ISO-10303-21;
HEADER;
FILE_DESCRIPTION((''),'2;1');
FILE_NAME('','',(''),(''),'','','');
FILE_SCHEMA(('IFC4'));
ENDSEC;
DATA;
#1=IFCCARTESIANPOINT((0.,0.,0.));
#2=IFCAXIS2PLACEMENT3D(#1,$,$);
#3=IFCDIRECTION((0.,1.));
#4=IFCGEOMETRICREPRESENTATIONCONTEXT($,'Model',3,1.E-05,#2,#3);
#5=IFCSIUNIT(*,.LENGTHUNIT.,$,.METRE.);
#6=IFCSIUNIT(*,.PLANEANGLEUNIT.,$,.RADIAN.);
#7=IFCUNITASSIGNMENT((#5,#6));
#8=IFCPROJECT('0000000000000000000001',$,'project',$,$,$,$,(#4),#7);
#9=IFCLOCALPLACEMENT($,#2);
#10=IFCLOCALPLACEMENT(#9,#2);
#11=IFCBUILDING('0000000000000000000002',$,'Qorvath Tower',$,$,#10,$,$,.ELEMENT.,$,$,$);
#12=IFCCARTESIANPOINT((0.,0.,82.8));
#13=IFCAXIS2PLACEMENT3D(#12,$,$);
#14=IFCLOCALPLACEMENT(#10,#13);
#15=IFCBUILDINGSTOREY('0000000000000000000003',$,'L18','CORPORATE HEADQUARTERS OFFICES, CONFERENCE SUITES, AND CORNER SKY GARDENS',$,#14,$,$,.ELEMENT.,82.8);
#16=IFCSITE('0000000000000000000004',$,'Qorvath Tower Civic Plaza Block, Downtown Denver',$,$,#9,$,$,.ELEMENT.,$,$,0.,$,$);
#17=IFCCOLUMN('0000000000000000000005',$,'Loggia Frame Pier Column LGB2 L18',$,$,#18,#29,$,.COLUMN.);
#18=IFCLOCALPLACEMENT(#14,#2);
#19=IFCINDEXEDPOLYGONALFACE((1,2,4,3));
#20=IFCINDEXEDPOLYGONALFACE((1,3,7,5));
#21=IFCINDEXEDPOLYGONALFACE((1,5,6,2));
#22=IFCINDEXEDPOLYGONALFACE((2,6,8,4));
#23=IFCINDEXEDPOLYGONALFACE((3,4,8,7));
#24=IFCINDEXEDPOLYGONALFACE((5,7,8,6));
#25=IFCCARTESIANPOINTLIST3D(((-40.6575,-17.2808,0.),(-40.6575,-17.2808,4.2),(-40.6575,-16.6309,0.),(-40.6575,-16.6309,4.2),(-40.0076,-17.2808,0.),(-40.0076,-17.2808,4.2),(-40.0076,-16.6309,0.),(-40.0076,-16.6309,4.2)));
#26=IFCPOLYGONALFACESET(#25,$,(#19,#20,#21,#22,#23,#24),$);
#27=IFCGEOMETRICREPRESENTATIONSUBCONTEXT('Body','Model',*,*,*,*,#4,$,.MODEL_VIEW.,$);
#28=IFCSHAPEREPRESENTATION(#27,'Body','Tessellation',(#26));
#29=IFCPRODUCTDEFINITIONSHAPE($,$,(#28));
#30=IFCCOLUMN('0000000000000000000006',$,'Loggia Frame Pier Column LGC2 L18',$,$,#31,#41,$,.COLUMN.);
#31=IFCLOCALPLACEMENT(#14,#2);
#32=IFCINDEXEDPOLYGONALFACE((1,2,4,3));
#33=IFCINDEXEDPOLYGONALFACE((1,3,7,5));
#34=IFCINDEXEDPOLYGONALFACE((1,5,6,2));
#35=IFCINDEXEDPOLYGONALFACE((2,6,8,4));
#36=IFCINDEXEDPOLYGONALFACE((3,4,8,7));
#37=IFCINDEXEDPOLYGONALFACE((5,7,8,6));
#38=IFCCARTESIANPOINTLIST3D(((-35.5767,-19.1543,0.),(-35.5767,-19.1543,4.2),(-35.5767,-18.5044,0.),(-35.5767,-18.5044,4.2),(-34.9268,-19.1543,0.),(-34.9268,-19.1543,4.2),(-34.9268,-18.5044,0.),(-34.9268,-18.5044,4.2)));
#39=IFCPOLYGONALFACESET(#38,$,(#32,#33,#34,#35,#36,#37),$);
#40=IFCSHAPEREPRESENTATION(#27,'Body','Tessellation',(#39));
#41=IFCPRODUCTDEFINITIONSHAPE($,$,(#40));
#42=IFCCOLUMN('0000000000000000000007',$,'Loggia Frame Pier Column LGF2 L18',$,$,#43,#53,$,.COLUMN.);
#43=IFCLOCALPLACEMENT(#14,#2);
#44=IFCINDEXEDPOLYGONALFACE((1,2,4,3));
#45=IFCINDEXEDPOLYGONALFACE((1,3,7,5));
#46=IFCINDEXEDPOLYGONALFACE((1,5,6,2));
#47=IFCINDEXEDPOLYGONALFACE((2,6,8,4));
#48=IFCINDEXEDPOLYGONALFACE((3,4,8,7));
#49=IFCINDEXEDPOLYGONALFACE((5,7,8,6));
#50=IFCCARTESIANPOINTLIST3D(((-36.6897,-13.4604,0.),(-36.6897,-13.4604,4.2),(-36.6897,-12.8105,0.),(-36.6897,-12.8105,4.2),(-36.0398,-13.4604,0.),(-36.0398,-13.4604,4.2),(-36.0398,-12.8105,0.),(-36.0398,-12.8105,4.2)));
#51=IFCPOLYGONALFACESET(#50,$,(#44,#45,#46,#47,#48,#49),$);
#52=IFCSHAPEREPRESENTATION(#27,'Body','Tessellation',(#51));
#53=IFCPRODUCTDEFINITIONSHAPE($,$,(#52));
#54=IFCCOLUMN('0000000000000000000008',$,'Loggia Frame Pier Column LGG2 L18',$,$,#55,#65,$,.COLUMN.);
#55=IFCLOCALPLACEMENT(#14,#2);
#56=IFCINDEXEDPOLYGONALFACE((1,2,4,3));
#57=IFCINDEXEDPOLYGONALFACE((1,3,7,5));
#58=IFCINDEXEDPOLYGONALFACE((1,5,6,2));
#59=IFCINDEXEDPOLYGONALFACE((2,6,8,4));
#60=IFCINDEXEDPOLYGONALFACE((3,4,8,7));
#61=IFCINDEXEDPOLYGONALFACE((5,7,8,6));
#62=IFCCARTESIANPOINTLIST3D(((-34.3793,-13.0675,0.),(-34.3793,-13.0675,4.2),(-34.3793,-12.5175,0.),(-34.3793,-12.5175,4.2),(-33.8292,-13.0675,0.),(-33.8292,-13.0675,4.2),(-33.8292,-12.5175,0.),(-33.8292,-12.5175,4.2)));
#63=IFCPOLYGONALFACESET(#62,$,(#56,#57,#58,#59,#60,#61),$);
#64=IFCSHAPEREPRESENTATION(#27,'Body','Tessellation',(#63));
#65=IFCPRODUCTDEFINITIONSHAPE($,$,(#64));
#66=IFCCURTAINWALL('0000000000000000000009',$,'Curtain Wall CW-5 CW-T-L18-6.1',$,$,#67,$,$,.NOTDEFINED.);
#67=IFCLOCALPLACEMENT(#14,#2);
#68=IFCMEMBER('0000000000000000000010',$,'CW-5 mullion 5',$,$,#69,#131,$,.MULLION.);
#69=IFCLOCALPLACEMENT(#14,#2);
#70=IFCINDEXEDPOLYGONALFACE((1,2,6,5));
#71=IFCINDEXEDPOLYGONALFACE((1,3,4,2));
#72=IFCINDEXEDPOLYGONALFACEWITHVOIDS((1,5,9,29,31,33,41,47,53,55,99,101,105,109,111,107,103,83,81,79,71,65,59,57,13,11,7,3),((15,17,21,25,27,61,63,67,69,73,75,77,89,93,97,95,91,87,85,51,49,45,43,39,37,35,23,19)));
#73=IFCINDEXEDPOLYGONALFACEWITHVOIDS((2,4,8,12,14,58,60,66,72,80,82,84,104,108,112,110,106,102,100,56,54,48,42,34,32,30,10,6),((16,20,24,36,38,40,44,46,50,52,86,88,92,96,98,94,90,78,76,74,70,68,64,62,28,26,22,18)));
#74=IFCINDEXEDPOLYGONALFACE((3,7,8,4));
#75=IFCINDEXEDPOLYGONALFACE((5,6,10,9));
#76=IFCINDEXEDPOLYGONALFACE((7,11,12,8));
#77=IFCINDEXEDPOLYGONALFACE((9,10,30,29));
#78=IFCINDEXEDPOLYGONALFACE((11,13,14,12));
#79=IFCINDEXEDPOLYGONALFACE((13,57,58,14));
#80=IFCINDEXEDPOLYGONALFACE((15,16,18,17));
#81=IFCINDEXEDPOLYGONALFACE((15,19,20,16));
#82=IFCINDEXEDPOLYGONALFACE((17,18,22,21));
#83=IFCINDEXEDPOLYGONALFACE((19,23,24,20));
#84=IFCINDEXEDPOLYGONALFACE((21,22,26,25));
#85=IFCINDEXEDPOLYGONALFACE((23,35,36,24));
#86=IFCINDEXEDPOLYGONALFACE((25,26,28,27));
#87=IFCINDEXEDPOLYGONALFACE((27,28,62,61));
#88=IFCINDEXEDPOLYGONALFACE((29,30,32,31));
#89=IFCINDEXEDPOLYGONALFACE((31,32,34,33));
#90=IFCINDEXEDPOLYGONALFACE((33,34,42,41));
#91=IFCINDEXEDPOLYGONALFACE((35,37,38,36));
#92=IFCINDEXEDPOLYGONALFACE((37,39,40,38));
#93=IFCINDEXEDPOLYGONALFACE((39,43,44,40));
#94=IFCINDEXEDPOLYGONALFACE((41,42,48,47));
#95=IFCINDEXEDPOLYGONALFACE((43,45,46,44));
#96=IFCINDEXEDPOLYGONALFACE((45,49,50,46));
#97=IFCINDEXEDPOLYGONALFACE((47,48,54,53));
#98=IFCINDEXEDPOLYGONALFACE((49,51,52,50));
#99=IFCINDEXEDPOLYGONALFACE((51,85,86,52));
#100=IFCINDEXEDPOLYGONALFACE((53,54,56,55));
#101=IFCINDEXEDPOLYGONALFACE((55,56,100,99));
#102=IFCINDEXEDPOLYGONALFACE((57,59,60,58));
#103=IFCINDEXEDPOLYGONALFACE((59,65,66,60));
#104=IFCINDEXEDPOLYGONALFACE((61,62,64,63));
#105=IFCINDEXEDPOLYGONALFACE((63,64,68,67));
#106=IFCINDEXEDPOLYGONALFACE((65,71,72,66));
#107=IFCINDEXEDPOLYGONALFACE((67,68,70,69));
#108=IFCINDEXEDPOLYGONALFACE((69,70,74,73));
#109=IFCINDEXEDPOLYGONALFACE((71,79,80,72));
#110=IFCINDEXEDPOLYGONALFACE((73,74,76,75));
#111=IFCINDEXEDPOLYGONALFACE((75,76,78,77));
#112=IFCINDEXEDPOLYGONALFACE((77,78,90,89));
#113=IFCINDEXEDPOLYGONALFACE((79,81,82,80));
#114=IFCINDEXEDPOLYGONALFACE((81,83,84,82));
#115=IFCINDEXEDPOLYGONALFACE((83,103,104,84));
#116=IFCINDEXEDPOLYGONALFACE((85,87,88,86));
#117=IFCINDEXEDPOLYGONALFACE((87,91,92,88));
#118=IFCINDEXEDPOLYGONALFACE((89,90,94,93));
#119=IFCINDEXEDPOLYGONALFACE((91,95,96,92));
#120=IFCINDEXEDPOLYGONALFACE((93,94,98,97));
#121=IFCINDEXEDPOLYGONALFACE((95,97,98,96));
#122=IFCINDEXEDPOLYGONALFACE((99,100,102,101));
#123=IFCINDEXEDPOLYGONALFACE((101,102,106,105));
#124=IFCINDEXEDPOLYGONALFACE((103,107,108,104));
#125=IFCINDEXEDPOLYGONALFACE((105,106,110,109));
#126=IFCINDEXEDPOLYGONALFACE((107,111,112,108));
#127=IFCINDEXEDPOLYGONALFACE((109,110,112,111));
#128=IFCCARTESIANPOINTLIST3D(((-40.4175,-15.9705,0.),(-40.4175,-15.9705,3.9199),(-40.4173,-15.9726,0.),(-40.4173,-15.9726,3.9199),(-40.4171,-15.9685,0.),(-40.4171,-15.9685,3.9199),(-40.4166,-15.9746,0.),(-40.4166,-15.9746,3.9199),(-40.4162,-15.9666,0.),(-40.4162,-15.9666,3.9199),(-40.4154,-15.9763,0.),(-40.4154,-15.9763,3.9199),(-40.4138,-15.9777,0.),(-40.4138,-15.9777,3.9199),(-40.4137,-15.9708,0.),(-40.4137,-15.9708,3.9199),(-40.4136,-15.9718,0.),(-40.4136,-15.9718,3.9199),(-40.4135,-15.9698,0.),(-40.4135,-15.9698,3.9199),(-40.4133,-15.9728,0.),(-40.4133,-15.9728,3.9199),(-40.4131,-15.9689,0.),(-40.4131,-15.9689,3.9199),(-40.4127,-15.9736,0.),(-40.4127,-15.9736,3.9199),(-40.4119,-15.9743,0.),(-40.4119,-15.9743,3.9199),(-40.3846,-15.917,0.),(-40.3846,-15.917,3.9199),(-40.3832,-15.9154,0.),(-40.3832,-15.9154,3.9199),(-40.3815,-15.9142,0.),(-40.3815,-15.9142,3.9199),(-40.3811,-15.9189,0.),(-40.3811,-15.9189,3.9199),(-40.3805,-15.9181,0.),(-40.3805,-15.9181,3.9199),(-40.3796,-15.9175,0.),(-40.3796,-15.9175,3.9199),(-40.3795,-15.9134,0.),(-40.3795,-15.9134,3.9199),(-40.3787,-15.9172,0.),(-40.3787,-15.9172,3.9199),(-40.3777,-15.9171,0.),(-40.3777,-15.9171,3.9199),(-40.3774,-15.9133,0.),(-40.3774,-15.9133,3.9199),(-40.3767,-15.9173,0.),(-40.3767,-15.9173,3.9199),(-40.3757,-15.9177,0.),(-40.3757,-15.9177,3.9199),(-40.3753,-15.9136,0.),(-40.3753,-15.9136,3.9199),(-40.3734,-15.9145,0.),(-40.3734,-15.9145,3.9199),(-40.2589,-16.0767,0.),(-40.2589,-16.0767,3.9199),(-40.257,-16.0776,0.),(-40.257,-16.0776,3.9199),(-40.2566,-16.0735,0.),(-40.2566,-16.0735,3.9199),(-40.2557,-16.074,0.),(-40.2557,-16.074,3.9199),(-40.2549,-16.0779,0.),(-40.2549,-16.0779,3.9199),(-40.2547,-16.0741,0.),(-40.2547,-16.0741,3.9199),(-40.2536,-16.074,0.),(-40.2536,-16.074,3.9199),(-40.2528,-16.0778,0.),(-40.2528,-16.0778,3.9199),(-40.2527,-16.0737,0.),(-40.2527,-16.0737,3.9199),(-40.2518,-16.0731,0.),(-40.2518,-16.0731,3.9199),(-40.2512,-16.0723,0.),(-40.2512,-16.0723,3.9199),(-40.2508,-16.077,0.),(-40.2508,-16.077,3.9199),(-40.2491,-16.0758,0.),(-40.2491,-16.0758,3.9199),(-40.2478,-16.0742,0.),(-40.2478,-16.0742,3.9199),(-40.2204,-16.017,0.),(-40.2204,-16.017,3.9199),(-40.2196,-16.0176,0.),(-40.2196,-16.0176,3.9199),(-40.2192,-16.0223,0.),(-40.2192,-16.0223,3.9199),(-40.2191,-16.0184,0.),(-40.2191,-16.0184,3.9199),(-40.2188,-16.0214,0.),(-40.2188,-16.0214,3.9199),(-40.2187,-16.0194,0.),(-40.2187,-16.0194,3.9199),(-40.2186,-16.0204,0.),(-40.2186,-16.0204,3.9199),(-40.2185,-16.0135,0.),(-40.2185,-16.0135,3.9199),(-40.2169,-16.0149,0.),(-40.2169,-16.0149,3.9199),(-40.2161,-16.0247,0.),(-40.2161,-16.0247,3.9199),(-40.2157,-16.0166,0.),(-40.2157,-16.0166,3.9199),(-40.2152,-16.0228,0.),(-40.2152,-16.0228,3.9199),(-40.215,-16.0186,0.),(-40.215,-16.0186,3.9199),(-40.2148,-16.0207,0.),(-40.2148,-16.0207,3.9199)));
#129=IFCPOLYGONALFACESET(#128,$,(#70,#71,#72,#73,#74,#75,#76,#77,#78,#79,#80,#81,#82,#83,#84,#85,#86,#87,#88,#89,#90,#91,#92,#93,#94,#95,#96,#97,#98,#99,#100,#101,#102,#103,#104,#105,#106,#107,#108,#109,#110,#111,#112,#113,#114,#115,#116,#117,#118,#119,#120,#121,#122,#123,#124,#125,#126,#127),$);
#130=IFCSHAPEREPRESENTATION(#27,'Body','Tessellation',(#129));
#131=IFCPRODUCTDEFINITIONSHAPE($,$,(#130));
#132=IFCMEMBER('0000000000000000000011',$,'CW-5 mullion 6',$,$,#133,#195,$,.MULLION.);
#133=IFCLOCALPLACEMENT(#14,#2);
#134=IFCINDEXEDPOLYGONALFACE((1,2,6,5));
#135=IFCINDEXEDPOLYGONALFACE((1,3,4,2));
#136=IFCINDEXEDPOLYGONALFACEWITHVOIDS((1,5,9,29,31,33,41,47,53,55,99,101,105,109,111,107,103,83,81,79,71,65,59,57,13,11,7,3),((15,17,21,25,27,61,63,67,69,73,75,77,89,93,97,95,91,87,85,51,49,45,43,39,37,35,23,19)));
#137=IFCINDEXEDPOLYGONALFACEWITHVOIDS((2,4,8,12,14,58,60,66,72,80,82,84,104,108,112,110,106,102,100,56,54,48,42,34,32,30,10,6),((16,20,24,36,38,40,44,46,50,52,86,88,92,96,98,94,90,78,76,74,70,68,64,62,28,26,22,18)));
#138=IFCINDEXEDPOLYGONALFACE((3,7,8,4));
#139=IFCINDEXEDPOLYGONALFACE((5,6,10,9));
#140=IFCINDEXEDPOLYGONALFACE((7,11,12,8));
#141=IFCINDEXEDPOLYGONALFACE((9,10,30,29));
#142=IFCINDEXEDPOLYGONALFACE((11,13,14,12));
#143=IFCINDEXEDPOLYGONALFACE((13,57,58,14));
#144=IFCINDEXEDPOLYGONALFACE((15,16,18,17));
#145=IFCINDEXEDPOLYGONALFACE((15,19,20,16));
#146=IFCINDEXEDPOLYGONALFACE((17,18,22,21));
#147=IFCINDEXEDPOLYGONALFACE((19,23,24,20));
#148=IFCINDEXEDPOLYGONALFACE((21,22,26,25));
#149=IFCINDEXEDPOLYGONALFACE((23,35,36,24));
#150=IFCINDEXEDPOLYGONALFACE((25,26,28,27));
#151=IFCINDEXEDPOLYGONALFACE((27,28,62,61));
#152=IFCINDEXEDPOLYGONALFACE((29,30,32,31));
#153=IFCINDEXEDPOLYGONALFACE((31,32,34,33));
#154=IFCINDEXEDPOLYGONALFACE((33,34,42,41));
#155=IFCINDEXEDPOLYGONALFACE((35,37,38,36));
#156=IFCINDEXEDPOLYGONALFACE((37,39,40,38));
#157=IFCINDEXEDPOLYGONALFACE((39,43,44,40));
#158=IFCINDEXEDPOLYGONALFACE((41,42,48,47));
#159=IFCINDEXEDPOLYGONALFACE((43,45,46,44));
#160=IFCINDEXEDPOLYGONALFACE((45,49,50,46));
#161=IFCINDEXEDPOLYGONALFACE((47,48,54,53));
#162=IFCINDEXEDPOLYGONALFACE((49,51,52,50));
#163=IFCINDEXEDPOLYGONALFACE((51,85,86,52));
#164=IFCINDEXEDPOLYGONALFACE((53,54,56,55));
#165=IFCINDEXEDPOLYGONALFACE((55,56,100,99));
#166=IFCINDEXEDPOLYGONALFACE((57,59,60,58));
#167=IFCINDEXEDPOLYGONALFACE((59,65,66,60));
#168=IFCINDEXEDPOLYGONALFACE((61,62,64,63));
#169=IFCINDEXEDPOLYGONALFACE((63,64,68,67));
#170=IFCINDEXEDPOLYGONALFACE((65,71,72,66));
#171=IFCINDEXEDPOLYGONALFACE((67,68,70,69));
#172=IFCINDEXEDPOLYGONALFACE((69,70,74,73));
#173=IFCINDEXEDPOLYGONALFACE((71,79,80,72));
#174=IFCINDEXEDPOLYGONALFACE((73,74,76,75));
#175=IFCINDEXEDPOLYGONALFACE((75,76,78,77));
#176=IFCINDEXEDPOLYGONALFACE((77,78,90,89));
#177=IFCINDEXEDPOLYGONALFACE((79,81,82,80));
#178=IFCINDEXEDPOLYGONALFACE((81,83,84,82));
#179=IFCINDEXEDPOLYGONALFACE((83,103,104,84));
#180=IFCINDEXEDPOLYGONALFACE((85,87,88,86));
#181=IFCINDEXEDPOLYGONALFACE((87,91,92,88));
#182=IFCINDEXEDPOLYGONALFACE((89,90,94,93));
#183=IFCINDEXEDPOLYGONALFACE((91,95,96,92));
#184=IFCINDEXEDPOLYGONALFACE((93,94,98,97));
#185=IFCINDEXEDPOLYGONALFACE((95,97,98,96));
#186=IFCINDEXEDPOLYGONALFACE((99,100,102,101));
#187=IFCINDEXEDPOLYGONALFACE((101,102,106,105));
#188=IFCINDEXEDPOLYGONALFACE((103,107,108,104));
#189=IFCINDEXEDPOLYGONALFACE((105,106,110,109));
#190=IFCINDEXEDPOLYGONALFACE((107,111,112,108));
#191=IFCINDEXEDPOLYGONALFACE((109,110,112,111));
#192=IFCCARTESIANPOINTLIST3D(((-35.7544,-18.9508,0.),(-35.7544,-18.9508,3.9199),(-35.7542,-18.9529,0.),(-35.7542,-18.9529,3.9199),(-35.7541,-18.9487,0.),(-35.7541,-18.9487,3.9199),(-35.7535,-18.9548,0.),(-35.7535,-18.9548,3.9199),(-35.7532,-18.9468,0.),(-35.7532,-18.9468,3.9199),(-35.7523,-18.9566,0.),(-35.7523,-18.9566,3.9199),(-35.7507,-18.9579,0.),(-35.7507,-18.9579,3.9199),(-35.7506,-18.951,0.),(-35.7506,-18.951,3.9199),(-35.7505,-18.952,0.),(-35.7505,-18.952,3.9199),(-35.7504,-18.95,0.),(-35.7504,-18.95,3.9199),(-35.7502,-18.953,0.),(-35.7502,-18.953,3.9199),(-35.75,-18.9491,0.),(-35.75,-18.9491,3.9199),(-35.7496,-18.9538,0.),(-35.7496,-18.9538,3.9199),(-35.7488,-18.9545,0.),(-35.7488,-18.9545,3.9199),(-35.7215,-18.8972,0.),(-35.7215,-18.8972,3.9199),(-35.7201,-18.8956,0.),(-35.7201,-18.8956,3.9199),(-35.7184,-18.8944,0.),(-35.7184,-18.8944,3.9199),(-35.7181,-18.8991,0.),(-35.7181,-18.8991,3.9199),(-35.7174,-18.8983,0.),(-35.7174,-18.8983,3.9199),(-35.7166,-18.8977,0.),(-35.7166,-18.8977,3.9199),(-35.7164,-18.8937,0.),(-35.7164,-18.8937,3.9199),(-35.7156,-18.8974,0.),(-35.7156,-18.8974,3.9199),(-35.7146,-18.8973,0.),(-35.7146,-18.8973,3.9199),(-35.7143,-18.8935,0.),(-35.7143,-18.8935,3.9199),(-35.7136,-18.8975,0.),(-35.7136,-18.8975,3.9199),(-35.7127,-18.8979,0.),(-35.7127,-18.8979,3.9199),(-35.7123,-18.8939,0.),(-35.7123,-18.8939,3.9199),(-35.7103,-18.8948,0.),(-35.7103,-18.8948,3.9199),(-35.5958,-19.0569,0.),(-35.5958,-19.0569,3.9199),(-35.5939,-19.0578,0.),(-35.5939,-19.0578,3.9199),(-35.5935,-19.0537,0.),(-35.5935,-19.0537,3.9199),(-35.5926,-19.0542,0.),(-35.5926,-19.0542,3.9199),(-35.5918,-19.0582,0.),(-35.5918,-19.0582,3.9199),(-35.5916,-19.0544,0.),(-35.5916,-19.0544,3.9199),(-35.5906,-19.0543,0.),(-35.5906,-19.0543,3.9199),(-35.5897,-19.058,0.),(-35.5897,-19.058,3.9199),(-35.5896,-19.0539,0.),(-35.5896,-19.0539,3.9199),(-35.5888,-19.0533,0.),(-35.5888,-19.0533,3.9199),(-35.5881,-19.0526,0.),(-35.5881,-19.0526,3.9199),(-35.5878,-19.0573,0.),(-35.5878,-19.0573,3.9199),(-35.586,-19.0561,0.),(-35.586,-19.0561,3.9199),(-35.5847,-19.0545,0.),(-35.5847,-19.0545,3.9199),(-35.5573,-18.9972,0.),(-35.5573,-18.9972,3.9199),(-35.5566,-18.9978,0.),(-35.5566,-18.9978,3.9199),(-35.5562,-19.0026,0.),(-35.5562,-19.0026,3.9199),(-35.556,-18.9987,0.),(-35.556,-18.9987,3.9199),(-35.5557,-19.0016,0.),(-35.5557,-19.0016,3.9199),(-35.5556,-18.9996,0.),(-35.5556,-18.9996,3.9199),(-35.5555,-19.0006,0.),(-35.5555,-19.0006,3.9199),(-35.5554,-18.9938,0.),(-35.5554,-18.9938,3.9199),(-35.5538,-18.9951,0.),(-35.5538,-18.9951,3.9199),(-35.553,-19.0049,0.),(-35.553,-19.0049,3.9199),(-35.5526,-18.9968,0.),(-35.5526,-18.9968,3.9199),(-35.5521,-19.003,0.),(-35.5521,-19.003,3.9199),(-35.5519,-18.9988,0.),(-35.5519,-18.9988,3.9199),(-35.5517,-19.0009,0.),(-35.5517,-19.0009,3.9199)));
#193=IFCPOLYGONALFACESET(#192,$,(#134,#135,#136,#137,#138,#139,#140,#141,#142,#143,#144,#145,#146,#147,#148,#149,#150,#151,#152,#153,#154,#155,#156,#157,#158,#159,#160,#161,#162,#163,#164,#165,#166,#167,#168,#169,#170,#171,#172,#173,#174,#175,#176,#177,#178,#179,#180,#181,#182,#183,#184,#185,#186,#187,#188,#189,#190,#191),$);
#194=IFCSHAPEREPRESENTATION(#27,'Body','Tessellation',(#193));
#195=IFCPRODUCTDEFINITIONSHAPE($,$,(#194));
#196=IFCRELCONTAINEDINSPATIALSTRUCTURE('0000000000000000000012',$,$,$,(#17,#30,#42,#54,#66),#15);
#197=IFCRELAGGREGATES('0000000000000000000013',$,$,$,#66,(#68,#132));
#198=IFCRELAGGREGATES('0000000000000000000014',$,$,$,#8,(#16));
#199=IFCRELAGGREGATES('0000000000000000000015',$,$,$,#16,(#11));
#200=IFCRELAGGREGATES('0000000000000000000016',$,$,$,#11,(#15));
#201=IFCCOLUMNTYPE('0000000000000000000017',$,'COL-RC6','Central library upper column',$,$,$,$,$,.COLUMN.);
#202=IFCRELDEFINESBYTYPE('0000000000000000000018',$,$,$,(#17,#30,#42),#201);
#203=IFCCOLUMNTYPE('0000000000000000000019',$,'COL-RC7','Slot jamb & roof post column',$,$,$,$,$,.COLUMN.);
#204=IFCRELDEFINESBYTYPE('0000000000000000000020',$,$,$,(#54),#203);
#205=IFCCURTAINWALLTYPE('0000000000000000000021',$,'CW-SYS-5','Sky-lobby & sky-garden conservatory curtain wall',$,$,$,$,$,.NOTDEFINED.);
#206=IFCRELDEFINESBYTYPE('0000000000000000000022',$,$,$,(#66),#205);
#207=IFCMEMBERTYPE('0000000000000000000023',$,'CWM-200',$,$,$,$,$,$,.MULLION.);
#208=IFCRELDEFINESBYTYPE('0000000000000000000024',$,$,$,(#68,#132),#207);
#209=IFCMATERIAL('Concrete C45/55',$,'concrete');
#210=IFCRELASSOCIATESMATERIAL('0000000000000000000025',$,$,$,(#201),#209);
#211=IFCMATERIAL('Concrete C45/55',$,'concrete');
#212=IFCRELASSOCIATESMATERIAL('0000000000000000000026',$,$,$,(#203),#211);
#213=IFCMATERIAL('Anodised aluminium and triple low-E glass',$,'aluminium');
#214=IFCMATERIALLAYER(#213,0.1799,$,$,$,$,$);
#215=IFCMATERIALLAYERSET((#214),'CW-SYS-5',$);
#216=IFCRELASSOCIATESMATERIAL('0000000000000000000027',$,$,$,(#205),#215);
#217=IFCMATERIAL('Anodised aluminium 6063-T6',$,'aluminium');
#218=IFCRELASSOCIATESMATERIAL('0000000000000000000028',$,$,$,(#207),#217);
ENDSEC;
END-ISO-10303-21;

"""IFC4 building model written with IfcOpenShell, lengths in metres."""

from ifc_helpers import new_model, si_unit, direction, frame, origin, origin_2d, place, context, subcontext, project, spatial, rectangle, hollow_rectangle, extrude, material, layer, layer_set, material_profile, profile_set, type_object, element, aggregate, save


model = new_model("IFC4")

# Units and contexts
model_context = context("Model", 3, precision=1e-05, world=origin(), true_north=direction((0.0, 1.0)))
body_context = subcontext(model_context, "Body", "Model", "MODEL_VIEW")
ifc_project = project(units=[si_unit("LENGTHUNIT", "METRE"), si_unit("PLANEANGLEUNIT", "RADIAN")], contexts=[model_context])

# Site, building, storey
site_placement = place(None, origin())
site = spatial("IfcSite", under=ifc_project, at=site_placement, Name="Qorvath Tower Civic Plaza Block, Downtown Denver", CompositionType="ELEMENT", RefElevation=0.0)
building_placement = place(site_placement, origin())
building = spatial("IfcBuilding", under=site, at=building_placement, Name="Qorvath Tower", CompositionType="ELEMENT")
storey_placement = place(building_placement, frame((0.0, 0.0, 82.8)))
storey = spatial("IfcBuildingStorey", under=building, at=storey_placement, Name="L18", Description="CORPORATE HEADQUARTERS OFFICES, CONFERENCE SUITES, AND CORNER SKY GARDENS", CompositionType="ELEMENT", Elevation=82.8)

# Columns
ifc_material_1 = material(Name="Concrete C45/55", Category="concrete")
ifc_material_profile_1 = material_profile(ifc_material_1, rectangle(XDim=0.6499, YDim=0.6499, at=origin_2d()), Name="RC 650x650")
ifc_profile_set_1 = profile_set([ifc_material_profile_1], Name="Concrete C45/55")
column_type_1 = type_object("IfcColumnType", Name="COL-RC6", Description="Central library upper column", PredefinedType="COLUMN", material=ifc_profile_set_1)
for number, where, z_axis, x_axis, name in (
    (1, (-40.3325, -16.9558, 0.0), (0.0, 0.0, 1.0), (1.0, 0.0, 0.0), "Loggia Frame Pier Column LGB2 L18"),
    (2, (-35.2517, -18.8293, 0.0), (0.0, 0.0, 1.0), (1.0, 0.0, 0.0), "Loggia Frame Pier Column LGC2 L18"),
    (3, (-36.3647, -13.1355, 0.0), (0.0, 0.0, 1.0), (1.0, 0.0, 0.0), "Loggia Frame Pier Column LGF2 L18"),
):
    element("IfcColumn", number, at=place(storey_placement, frame(where, z_axis=z_axis, x_axis=x_axis)), inside=storey, type_object=column_type_1, Name=name, PredefinedType="COLUMN", context=body_context, shape_type="SweptSolid", body=[
        extrude(rectangle(XDim=0.6499, YDim=0.6499, at=origin_2d()), origin(), (0.0, 0.0, 1.0), 4.2),
    ])
ifc_material_2 = material(Name="Concrete C45/55", Category="concrete")
ifc_material_profile_2 = material_profile(ifc_material_2, rectangle(XDim=0.55, YDim=0.55, at=origin_2d()), Name="RC 550x550")
ifc_profile_set_2 = profile_set([ifc_material_profile_2], Name="Concrete C45/55")
column_type_2 = type_object("IfcColumnType", Name="COL-RC7", Description="Slot jamb & roof post column", PredefinedType="COLUMN", material=ifc_profile_set_2)
column_placement = place(storey_placement, frame((-34.1042, -12.7925, 0.0), z_axis=(0.0, 0.0, 1.0), x_axis=(1.0, 0.0, 0.0)))
element("IfcColumn", 4, at=column_placement, inside=storey, type_object=column_type_2, Name="Loggia Frame Pier Column LGG2 L18", PredefinedType="COLUMN", context=body_context, shape_type="SweptSolid", body=[
    extrude(rectangle(XDim=0.55, YDim=0.55, at=origin_2d()), origin(), (0.0, 0.0, 1.0), 4.2),
])

# Curtain wall, members
ifc_material_3 = material(Name="Anodised aluminium and triple low-E glass", Category="aluminium")
ifc_layer_1 = layer(ifc_material_3, 0.1799)
ifc_layer_set_1 = layer_set([ifc_layer_1], Name="CW-SYS-5")
curtain_wall_type = type_object("IfcCurtainWallType", Name="CW-SYS-5", Description="Sky-lobby & sky-garden conservatory curtain wall", PredefinedType="NOTDEFINED", material=ifc_layer_set_1)
curtain_wall_1_placement = place(storey_placement, origin())
curtain_wall_1 = element("IfcCurtainWall", 5, at=curtain_wall_1_placement, inside=storey, type_object=curtain_wall_type, Name="Curtain Wall CW-5 CW-T-L18-6.1", PredefinedType="NOTDEFINED")
ifc_material_4 = material(Name="Anodised aluminium 6063-T6", Category="aluminium")
ifc_material_profile_3 = material_profile(ifc_material_4, hollow_rectangle(XDim=0.075, YDim=0.2, WallThickness=0.0039, InnerFilletRadius=0.0039, OuterFilletRadius=0.0081, at=origin_2d()), Name="CWM 200x75")
ifc_profile_set_3 = profile_set([ifc_material_profile_3], Name="Anodised aluminium 6063-T6")
member_type_1 = type_object("IfcMemberType", Name="CWM-200", PredefinedType="MULLION", material=ifc_profile_set_3)
member_1_placement = place(storey_placement, frame((-40.3162, -15.9956, 0.0), z_axis=(0.0, 0.0, 1.0), x_axis=(0.538528, 0.842608, 0.0)))
member_1 = element("IfcMember", 6, at=member_1_placement, type_object=member_type_1, Name="CW-5 mullion 5", PredefinedType="MULLION", context=body_context, shape_type="SweptSolid", body=[
    extrude(hollow_rectangle(XDim=0.075, YDim=0.2, WallThickness=0.0039, InnerFilletRadius=0.0039, OuterFilletRadius=0.0081, at=origin_2d()), origin(), (0.0, 0.0, 1.0), 3.9199),
])
member_2_placement = place(storey_placement, frame((-35.6531, -18.9758, 0.0), z_axis=(0.0, 0.0, 1.0), x_axis=(0.538528, 0.842608, 0.0)))
member_2 = element("IfcMember", 7, at=member_2_placement, type_object=member_type_1, Name="CW-5 mullion 6", PredefinedType="MULLION", context=body_context, shape_type="SweptSolid", body=[
    extrude(hollow_rectangle(XDim=0.075, YDim=0.2, WallThickness=0.0039, InnerFilletRadius=0.0039, OuterFilletRadius=0.0081, at=origin_2d()), origin(), (0.0, 0.0, 1.0), 3.9199),
])

aggregate(curtain_wall_1, [member_1, member_2])

save(model, "model.ifc")
